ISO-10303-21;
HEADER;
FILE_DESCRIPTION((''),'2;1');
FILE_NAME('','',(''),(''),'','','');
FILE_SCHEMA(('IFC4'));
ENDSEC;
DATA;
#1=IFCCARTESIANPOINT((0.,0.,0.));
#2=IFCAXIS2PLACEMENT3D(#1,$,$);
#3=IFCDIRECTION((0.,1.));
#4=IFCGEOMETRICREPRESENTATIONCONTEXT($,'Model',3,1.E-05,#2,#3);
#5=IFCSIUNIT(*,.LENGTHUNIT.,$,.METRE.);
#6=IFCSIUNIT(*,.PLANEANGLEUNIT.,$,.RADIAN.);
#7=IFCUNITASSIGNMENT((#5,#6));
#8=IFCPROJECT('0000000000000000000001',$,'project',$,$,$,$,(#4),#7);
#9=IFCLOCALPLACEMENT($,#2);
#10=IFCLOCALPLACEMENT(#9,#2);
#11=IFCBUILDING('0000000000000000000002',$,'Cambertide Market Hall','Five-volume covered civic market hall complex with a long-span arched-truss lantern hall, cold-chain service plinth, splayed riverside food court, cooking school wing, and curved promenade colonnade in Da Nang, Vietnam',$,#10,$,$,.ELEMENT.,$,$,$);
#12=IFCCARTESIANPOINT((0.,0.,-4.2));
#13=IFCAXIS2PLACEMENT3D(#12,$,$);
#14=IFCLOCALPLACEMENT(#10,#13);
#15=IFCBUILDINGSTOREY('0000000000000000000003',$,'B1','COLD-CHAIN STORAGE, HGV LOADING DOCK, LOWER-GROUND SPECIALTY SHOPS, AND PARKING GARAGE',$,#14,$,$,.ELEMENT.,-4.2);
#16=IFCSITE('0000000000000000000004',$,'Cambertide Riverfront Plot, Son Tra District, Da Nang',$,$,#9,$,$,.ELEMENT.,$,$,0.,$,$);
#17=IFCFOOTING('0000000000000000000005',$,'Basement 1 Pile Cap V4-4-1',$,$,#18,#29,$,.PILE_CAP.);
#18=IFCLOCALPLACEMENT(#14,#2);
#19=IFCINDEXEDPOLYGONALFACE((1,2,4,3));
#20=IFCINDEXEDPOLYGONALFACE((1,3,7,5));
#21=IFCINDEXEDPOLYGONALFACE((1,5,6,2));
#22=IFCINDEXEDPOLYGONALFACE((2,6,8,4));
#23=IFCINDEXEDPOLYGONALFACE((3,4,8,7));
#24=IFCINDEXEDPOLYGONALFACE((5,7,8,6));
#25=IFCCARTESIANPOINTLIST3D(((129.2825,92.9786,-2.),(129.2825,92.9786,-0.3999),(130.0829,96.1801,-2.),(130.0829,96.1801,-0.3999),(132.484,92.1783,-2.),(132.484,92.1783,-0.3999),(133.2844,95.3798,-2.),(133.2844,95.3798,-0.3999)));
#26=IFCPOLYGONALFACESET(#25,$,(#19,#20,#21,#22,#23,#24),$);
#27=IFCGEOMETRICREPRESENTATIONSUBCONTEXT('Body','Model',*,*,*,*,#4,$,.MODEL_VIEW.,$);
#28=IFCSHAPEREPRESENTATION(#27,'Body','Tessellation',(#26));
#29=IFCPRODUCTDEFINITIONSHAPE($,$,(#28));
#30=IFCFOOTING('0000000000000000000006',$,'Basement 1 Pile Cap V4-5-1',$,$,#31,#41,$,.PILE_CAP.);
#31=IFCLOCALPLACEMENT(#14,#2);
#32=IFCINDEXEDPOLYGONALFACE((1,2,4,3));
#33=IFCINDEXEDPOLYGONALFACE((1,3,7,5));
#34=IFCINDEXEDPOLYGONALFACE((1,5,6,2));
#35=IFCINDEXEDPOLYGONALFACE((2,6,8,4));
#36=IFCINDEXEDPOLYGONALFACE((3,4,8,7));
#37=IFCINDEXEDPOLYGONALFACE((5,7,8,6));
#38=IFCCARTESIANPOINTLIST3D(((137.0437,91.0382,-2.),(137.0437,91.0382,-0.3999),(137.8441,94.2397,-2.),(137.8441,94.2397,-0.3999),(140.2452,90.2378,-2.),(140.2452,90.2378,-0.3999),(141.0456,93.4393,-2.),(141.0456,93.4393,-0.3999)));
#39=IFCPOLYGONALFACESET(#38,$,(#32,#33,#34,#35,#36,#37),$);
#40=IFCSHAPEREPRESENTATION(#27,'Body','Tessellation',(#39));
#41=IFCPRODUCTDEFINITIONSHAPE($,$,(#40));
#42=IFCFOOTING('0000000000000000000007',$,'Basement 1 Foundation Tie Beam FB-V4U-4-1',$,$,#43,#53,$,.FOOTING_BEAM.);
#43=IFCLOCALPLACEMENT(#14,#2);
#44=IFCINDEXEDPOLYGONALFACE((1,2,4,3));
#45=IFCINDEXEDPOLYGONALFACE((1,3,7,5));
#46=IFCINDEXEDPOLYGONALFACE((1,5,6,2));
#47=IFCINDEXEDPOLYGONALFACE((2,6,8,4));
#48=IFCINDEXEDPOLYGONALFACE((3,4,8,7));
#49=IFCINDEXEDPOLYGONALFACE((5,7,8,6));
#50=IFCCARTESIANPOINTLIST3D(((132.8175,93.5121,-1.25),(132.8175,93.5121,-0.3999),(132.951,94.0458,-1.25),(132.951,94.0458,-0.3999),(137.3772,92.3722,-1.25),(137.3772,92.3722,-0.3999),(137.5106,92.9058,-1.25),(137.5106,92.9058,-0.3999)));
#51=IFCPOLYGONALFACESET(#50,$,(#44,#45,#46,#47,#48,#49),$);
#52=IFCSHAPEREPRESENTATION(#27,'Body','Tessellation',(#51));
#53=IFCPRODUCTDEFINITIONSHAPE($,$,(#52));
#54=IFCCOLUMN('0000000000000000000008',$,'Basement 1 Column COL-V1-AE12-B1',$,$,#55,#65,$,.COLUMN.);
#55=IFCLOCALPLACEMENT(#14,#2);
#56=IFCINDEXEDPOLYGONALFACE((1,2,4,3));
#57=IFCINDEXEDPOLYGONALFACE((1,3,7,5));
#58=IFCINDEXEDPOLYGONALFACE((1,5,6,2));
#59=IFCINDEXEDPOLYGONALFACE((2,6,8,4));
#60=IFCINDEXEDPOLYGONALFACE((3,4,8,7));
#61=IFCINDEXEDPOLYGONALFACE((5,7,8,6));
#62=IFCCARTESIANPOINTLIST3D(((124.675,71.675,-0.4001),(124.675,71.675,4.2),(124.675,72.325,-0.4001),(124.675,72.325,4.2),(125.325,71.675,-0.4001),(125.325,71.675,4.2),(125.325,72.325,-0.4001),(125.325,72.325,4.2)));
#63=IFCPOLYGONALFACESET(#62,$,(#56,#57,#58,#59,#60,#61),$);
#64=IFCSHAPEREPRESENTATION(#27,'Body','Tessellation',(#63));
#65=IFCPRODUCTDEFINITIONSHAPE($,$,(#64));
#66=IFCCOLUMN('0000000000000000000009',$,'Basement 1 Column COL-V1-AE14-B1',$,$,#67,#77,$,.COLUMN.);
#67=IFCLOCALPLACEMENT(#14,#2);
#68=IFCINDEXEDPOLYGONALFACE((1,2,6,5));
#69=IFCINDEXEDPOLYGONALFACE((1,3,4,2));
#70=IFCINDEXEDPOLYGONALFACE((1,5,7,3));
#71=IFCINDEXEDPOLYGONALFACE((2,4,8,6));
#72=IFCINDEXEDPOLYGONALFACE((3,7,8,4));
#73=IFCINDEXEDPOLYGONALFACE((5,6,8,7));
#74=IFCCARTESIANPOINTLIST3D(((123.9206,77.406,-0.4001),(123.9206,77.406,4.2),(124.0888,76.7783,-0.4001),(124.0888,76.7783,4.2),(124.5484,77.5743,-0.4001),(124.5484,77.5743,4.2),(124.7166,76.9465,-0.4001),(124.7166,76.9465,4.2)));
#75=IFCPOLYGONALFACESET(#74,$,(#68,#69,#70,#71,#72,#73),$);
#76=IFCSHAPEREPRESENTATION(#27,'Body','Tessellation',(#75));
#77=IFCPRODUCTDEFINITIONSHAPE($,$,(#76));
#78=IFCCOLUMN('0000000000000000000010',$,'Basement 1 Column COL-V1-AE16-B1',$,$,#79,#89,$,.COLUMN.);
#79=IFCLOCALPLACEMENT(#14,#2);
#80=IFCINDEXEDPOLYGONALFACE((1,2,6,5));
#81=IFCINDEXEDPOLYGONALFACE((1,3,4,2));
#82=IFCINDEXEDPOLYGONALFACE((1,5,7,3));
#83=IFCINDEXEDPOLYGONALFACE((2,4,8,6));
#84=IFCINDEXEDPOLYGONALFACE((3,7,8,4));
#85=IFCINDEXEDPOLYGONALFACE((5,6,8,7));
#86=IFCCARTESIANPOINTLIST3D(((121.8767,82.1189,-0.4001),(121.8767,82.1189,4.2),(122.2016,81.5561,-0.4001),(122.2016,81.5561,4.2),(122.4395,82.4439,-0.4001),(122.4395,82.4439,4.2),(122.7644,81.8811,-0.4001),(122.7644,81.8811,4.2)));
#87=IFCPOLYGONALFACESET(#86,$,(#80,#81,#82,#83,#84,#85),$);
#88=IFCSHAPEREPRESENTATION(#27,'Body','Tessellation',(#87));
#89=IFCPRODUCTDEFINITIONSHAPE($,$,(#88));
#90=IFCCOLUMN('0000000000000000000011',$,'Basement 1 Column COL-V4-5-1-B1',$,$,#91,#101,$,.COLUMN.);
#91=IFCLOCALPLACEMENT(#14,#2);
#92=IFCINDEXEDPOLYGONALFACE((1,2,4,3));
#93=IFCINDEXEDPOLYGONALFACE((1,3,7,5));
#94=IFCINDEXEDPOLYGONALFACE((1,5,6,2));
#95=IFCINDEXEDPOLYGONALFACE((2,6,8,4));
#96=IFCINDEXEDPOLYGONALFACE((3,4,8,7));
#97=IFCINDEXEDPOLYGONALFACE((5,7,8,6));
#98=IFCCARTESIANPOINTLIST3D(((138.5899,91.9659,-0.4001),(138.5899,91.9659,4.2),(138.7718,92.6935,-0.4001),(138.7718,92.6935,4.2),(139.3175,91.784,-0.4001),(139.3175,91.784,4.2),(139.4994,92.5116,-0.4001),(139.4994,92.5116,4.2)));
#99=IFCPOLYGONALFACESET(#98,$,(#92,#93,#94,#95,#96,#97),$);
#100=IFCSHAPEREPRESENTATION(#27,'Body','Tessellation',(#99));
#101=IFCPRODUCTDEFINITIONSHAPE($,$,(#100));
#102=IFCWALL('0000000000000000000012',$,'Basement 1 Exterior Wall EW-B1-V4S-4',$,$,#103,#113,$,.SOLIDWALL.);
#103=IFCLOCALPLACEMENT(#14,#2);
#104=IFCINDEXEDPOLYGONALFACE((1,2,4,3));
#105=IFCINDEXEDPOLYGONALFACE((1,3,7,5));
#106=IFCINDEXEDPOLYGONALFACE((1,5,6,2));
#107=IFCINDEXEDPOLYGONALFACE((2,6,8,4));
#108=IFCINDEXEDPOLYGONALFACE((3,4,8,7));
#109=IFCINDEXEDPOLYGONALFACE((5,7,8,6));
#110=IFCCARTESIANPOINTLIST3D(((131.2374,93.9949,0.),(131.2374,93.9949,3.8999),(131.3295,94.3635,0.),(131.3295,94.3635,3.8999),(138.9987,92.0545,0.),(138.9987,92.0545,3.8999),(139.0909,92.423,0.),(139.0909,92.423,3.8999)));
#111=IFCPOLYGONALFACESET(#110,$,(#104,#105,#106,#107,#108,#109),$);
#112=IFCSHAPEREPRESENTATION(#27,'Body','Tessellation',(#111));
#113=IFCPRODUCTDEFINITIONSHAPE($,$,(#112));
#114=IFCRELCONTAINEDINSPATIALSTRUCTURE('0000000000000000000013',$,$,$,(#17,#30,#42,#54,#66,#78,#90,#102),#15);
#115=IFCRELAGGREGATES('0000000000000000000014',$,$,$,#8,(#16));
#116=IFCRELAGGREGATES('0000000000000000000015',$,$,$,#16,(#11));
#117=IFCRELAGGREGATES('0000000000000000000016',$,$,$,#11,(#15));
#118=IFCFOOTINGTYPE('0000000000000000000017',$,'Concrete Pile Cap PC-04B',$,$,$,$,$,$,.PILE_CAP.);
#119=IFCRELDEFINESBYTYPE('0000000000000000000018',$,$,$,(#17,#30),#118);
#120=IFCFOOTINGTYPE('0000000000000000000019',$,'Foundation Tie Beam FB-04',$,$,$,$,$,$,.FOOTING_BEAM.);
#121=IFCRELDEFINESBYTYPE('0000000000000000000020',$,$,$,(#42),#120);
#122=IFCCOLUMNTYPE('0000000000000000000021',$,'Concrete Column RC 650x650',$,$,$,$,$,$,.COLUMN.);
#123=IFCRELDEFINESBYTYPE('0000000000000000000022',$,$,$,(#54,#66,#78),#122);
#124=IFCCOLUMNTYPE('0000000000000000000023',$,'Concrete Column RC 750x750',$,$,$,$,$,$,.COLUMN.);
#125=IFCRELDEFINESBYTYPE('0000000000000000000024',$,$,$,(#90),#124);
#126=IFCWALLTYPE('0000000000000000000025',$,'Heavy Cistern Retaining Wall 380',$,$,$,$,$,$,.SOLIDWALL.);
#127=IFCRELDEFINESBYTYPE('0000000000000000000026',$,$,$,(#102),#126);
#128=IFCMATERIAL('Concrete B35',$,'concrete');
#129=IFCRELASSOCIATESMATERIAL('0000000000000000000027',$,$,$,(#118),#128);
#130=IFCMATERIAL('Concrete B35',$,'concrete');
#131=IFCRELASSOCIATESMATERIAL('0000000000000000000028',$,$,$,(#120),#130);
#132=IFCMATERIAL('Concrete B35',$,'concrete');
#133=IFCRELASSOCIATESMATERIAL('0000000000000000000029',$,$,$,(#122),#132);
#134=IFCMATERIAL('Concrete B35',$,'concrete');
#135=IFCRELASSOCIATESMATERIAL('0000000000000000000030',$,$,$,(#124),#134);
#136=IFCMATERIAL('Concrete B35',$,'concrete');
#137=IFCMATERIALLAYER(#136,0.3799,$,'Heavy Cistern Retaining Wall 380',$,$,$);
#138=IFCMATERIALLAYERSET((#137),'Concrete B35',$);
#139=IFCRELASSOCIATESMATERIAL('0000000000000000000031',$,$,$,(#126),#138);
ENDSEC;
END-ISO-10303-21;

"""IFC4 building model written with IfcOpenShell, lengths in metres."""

from ifc_helpers import new_model, si_unit, direction, frame, frame_2d, origin, origin_2d, place, context, subcontext, project, spatial, rectangle, extrude, material, layer, layer_set, material_profile, profile_set, type_object, element, save


model = new_model("IFC4")

# Units and contexts
model_context = context("Model", 3, precision=1e-05, world=origin(), true_north=direction((0.0, 1.0)))
body_context = subcontext(model_context, "Body", "Model", "MODEL_VIEW")
ifc_project = project(units=[si_unit("LENGTHUNIT", "METRE"), si_unit("PLANEANGLEUNIT", "RADIAN")], contexts=[model_context])

# Site, building, storey
site_placement = place(None, origin())
site = spatial("IfcSite", under=ifc_project, at=site_placement, Name="Cambertide Riverfront Plot, Son Tra District, Da Nang", CompositionType="ELEMENT", RefElevation=0.0)
building_placement = place(site_placement, origin())
building = spatial("IfcBuilding", under=site, at=building_placement, Name="Cambertide Market Hall", Description="Five-volume covered civic market hall complex with a long-span arched-truss lantern hall, cold-chain service plinth, splayed riverside food court, cooking school wing, and curved promenade colonnade in Da Nang, Vietnam", CompositionType="ELEMENT")
storey_placement = place(building_placement, frame((0.0, 0.0, -4.2)))
storey = spatial("IfcBuildingStorey", under=building, at=storey_placement, Name="B1", Description="COLD-CHAIN STORAGE, HGV LOADING DOCK, LOWER-GROUND SPECIALTY SHOPS, AND PARKING GARAGE", CompositionType="ELEMENT", Elevation=-4.2)

# Footings
ifc_material_1 = material(Name="Concrete B35", Category="concrete")
footing_type_1 = type_object("IfcFootingType", Name="Concrete Pile Cap PC-04B", PredefinedType="PILE_CAP", material=ifc_material_1)
for number, where, z_axis, x_axis, name in (
    (1, (131.2834, 94.1792, -2.0), (0.0, 0.0, 1.0), (0.970143, -0.242536, 0.0), "Basement 1 Pile Cap V4-4-1"),
    (2, (139.0447, 92.2388, -2.0), (0.0, 0.0, 1.0), (0.970143, -0.242536, 0.0), "Basement 1 Pile Cap V4-5-1"),
):
    element("IfcFooting", number, at=place(storey_placement, frame(where, z_axis=z_axis, x_axis=x_axis)), inside=storey, type_object=footing_type_1, Name=name, PredefinedType="PILE_CAP", context=body_context, shape_type="SweptSolid", body=[
        extrude(rectangle(XDim=3.3, YDim=3.3, at=origin_2d()), origin(), (0.0, 0.0, 1.0), 1.6001),
    ])
ifc_material_2 = material(Name="Concrete B35", Category="concrete")
footing_type_2 = type_object("IfcFootingType", Name="Foundation Tie Beam FB-04", PredefinedType="FOOTING_BEAM", material=ifc_material_2)
footing_1_placement = place(storey_placement, frame((135.1641, 93.209, -1.25), z_axis=(0.0, 0.0, 1.0), x_axis=(0.970143, -0.242536, 0.0)))
element("IfcFooting", 3, at=footing_1_placement, inside=storey, type_object=footing_type_2, Name="Basement 1 Foundation Tie Beam FB-V4U-4-1", PredefinedType="FOOTING_BEAM", context=body_context, shape_type="SweptSolid", body=[
    extrude(rectangle(XDim=4.7, YDim=0.55, at=origin_2d()), origin(), (0.0, 0.0, 1.0), 0.8501),
])

# Columns
ifc_material_3 = material(Name="Concrete B35", Category="concrete")
ifc_material_profile_1 = material_profile(ifc_material_3, rectangle(XDim=0.6499, YDim=0.6499, at=origin_2d()), Name="RC 650x650")
ifc_profile_set_1 = profile_set([ifc_material_profile_1], Name="Concrete B35")
column_type_1 = type_object("IfcColumnType", Name="Concrete Column RC 650x650", PredefinedType="COLUMN", material=ifc_profile_set_1)
for number, where, z_axis, x_axis, name in (
    (4, (125.0, 72.0, -0.4001), (0.0, 0.0, 1.0), (1.0, 0.0, 0.0), "Basement 1 Column COL-V1-AE12-B1"),
    (5, (124.3186, 77.1763, -0.4001), (0.0, 0.0, 1.0), (0.965926, 0.258819, 0.0), "Basement 1 Column COL-V1-AE14-B1"),
    (6, (122.3206, 82.0, -0.4001), (0.0, 0.0, 1.0), (0.866025, 0.5, 0.0), "Basement 1 Column COL-V1-AE16-B1"),
):
    element("IfcColumn", number, at=place(storey_placement, frame(where, z_axis=z_axis, x_axis=x_axis)), inside=storey, type_object=column_type_1, Name=name, PredefinedType="COLUMN", context=body_context, shape_type="SweptSolid", body=[
        extrude(rectangle(XDim=0.6499, YDim=0.6499, at=origin_2d()), origin(), (0.0, 0.0, 1.0), 4.6001),
    ])
ifc_material_4 = material(Name="Concrete B35", Category="concrete")
ifc_material_profile_2 = material_profile(ifc_material_4, rectangle(XDim=0.75, YDim=0.75, at=origin_2d()), Name="RC 750x750")
ifc_profile_set_2 = profile_set([ifc_material_profile_2], Name="Concrete B35")
column_type_2 = type_object("IfcColumnType", Name="Concrete Column RC 750x750", PredefinedType="COLUMN", material=ifc_profile_set_2)
column_placement = place(storey_placement, frame((139.0447, 92.2388, -0.4001), z_axis=(0.0, 0.0, 1.0), x_axis=(0.970143, -0.242536, 0.0)))
element("IfcColumn", 7, at=column_placement, inside=storey, type_object=column_type_2, Name="Basement 1 Column COL-V4-5-1-B1", PredefinedType="COLUMN", context=body_context, shape_type="SweptSolid", body=[
    extrude(rectangle(XDim=0.75, YDim=0.75, at=origin_2d()), origin(), (0.0, 0.0, 1.0), 4.6001),
])

# Wall
ifc_material_5 = material(Name="Concrete B35", Category="concrete")
ifc_layer = layer(ifc_material_5, 0.3799, Name="Heavy Cistern Retaining Wall 380")
ifc_layer_set = layer_set([ifc_layer], Name="Concrete B35")
wall_type = type_object("IfcWallType", Name="Heavy Cistern Retaining Wall 380", PredefinedType="SOLIDWALL", material=ifc_layer_set)
wall_placement = place(storey_placement, frame((139.0447, 92.2388, 0.0), z_axis=(0.0, 0.0, 1.0), x_axis=(-0.970139, 0.24255, 0.0)))
element("IfcWall", 8, at=wall_placement, inside=storey, type_object=wall_type, Name="Basement 1 Exterior Wall EW-B1-V4S-4", PredefinedType="SOLIDWALL", context=body_context, shape_type="SweptSolid", body=[
    extrude(rectangle(XDim=8.0002, YDim=0.3799, at=frame_2d((4.0, 0.0))), origin(), (0.0, 0.0, 1.0), 3.8999),
])

save(model, "model.ifc")
